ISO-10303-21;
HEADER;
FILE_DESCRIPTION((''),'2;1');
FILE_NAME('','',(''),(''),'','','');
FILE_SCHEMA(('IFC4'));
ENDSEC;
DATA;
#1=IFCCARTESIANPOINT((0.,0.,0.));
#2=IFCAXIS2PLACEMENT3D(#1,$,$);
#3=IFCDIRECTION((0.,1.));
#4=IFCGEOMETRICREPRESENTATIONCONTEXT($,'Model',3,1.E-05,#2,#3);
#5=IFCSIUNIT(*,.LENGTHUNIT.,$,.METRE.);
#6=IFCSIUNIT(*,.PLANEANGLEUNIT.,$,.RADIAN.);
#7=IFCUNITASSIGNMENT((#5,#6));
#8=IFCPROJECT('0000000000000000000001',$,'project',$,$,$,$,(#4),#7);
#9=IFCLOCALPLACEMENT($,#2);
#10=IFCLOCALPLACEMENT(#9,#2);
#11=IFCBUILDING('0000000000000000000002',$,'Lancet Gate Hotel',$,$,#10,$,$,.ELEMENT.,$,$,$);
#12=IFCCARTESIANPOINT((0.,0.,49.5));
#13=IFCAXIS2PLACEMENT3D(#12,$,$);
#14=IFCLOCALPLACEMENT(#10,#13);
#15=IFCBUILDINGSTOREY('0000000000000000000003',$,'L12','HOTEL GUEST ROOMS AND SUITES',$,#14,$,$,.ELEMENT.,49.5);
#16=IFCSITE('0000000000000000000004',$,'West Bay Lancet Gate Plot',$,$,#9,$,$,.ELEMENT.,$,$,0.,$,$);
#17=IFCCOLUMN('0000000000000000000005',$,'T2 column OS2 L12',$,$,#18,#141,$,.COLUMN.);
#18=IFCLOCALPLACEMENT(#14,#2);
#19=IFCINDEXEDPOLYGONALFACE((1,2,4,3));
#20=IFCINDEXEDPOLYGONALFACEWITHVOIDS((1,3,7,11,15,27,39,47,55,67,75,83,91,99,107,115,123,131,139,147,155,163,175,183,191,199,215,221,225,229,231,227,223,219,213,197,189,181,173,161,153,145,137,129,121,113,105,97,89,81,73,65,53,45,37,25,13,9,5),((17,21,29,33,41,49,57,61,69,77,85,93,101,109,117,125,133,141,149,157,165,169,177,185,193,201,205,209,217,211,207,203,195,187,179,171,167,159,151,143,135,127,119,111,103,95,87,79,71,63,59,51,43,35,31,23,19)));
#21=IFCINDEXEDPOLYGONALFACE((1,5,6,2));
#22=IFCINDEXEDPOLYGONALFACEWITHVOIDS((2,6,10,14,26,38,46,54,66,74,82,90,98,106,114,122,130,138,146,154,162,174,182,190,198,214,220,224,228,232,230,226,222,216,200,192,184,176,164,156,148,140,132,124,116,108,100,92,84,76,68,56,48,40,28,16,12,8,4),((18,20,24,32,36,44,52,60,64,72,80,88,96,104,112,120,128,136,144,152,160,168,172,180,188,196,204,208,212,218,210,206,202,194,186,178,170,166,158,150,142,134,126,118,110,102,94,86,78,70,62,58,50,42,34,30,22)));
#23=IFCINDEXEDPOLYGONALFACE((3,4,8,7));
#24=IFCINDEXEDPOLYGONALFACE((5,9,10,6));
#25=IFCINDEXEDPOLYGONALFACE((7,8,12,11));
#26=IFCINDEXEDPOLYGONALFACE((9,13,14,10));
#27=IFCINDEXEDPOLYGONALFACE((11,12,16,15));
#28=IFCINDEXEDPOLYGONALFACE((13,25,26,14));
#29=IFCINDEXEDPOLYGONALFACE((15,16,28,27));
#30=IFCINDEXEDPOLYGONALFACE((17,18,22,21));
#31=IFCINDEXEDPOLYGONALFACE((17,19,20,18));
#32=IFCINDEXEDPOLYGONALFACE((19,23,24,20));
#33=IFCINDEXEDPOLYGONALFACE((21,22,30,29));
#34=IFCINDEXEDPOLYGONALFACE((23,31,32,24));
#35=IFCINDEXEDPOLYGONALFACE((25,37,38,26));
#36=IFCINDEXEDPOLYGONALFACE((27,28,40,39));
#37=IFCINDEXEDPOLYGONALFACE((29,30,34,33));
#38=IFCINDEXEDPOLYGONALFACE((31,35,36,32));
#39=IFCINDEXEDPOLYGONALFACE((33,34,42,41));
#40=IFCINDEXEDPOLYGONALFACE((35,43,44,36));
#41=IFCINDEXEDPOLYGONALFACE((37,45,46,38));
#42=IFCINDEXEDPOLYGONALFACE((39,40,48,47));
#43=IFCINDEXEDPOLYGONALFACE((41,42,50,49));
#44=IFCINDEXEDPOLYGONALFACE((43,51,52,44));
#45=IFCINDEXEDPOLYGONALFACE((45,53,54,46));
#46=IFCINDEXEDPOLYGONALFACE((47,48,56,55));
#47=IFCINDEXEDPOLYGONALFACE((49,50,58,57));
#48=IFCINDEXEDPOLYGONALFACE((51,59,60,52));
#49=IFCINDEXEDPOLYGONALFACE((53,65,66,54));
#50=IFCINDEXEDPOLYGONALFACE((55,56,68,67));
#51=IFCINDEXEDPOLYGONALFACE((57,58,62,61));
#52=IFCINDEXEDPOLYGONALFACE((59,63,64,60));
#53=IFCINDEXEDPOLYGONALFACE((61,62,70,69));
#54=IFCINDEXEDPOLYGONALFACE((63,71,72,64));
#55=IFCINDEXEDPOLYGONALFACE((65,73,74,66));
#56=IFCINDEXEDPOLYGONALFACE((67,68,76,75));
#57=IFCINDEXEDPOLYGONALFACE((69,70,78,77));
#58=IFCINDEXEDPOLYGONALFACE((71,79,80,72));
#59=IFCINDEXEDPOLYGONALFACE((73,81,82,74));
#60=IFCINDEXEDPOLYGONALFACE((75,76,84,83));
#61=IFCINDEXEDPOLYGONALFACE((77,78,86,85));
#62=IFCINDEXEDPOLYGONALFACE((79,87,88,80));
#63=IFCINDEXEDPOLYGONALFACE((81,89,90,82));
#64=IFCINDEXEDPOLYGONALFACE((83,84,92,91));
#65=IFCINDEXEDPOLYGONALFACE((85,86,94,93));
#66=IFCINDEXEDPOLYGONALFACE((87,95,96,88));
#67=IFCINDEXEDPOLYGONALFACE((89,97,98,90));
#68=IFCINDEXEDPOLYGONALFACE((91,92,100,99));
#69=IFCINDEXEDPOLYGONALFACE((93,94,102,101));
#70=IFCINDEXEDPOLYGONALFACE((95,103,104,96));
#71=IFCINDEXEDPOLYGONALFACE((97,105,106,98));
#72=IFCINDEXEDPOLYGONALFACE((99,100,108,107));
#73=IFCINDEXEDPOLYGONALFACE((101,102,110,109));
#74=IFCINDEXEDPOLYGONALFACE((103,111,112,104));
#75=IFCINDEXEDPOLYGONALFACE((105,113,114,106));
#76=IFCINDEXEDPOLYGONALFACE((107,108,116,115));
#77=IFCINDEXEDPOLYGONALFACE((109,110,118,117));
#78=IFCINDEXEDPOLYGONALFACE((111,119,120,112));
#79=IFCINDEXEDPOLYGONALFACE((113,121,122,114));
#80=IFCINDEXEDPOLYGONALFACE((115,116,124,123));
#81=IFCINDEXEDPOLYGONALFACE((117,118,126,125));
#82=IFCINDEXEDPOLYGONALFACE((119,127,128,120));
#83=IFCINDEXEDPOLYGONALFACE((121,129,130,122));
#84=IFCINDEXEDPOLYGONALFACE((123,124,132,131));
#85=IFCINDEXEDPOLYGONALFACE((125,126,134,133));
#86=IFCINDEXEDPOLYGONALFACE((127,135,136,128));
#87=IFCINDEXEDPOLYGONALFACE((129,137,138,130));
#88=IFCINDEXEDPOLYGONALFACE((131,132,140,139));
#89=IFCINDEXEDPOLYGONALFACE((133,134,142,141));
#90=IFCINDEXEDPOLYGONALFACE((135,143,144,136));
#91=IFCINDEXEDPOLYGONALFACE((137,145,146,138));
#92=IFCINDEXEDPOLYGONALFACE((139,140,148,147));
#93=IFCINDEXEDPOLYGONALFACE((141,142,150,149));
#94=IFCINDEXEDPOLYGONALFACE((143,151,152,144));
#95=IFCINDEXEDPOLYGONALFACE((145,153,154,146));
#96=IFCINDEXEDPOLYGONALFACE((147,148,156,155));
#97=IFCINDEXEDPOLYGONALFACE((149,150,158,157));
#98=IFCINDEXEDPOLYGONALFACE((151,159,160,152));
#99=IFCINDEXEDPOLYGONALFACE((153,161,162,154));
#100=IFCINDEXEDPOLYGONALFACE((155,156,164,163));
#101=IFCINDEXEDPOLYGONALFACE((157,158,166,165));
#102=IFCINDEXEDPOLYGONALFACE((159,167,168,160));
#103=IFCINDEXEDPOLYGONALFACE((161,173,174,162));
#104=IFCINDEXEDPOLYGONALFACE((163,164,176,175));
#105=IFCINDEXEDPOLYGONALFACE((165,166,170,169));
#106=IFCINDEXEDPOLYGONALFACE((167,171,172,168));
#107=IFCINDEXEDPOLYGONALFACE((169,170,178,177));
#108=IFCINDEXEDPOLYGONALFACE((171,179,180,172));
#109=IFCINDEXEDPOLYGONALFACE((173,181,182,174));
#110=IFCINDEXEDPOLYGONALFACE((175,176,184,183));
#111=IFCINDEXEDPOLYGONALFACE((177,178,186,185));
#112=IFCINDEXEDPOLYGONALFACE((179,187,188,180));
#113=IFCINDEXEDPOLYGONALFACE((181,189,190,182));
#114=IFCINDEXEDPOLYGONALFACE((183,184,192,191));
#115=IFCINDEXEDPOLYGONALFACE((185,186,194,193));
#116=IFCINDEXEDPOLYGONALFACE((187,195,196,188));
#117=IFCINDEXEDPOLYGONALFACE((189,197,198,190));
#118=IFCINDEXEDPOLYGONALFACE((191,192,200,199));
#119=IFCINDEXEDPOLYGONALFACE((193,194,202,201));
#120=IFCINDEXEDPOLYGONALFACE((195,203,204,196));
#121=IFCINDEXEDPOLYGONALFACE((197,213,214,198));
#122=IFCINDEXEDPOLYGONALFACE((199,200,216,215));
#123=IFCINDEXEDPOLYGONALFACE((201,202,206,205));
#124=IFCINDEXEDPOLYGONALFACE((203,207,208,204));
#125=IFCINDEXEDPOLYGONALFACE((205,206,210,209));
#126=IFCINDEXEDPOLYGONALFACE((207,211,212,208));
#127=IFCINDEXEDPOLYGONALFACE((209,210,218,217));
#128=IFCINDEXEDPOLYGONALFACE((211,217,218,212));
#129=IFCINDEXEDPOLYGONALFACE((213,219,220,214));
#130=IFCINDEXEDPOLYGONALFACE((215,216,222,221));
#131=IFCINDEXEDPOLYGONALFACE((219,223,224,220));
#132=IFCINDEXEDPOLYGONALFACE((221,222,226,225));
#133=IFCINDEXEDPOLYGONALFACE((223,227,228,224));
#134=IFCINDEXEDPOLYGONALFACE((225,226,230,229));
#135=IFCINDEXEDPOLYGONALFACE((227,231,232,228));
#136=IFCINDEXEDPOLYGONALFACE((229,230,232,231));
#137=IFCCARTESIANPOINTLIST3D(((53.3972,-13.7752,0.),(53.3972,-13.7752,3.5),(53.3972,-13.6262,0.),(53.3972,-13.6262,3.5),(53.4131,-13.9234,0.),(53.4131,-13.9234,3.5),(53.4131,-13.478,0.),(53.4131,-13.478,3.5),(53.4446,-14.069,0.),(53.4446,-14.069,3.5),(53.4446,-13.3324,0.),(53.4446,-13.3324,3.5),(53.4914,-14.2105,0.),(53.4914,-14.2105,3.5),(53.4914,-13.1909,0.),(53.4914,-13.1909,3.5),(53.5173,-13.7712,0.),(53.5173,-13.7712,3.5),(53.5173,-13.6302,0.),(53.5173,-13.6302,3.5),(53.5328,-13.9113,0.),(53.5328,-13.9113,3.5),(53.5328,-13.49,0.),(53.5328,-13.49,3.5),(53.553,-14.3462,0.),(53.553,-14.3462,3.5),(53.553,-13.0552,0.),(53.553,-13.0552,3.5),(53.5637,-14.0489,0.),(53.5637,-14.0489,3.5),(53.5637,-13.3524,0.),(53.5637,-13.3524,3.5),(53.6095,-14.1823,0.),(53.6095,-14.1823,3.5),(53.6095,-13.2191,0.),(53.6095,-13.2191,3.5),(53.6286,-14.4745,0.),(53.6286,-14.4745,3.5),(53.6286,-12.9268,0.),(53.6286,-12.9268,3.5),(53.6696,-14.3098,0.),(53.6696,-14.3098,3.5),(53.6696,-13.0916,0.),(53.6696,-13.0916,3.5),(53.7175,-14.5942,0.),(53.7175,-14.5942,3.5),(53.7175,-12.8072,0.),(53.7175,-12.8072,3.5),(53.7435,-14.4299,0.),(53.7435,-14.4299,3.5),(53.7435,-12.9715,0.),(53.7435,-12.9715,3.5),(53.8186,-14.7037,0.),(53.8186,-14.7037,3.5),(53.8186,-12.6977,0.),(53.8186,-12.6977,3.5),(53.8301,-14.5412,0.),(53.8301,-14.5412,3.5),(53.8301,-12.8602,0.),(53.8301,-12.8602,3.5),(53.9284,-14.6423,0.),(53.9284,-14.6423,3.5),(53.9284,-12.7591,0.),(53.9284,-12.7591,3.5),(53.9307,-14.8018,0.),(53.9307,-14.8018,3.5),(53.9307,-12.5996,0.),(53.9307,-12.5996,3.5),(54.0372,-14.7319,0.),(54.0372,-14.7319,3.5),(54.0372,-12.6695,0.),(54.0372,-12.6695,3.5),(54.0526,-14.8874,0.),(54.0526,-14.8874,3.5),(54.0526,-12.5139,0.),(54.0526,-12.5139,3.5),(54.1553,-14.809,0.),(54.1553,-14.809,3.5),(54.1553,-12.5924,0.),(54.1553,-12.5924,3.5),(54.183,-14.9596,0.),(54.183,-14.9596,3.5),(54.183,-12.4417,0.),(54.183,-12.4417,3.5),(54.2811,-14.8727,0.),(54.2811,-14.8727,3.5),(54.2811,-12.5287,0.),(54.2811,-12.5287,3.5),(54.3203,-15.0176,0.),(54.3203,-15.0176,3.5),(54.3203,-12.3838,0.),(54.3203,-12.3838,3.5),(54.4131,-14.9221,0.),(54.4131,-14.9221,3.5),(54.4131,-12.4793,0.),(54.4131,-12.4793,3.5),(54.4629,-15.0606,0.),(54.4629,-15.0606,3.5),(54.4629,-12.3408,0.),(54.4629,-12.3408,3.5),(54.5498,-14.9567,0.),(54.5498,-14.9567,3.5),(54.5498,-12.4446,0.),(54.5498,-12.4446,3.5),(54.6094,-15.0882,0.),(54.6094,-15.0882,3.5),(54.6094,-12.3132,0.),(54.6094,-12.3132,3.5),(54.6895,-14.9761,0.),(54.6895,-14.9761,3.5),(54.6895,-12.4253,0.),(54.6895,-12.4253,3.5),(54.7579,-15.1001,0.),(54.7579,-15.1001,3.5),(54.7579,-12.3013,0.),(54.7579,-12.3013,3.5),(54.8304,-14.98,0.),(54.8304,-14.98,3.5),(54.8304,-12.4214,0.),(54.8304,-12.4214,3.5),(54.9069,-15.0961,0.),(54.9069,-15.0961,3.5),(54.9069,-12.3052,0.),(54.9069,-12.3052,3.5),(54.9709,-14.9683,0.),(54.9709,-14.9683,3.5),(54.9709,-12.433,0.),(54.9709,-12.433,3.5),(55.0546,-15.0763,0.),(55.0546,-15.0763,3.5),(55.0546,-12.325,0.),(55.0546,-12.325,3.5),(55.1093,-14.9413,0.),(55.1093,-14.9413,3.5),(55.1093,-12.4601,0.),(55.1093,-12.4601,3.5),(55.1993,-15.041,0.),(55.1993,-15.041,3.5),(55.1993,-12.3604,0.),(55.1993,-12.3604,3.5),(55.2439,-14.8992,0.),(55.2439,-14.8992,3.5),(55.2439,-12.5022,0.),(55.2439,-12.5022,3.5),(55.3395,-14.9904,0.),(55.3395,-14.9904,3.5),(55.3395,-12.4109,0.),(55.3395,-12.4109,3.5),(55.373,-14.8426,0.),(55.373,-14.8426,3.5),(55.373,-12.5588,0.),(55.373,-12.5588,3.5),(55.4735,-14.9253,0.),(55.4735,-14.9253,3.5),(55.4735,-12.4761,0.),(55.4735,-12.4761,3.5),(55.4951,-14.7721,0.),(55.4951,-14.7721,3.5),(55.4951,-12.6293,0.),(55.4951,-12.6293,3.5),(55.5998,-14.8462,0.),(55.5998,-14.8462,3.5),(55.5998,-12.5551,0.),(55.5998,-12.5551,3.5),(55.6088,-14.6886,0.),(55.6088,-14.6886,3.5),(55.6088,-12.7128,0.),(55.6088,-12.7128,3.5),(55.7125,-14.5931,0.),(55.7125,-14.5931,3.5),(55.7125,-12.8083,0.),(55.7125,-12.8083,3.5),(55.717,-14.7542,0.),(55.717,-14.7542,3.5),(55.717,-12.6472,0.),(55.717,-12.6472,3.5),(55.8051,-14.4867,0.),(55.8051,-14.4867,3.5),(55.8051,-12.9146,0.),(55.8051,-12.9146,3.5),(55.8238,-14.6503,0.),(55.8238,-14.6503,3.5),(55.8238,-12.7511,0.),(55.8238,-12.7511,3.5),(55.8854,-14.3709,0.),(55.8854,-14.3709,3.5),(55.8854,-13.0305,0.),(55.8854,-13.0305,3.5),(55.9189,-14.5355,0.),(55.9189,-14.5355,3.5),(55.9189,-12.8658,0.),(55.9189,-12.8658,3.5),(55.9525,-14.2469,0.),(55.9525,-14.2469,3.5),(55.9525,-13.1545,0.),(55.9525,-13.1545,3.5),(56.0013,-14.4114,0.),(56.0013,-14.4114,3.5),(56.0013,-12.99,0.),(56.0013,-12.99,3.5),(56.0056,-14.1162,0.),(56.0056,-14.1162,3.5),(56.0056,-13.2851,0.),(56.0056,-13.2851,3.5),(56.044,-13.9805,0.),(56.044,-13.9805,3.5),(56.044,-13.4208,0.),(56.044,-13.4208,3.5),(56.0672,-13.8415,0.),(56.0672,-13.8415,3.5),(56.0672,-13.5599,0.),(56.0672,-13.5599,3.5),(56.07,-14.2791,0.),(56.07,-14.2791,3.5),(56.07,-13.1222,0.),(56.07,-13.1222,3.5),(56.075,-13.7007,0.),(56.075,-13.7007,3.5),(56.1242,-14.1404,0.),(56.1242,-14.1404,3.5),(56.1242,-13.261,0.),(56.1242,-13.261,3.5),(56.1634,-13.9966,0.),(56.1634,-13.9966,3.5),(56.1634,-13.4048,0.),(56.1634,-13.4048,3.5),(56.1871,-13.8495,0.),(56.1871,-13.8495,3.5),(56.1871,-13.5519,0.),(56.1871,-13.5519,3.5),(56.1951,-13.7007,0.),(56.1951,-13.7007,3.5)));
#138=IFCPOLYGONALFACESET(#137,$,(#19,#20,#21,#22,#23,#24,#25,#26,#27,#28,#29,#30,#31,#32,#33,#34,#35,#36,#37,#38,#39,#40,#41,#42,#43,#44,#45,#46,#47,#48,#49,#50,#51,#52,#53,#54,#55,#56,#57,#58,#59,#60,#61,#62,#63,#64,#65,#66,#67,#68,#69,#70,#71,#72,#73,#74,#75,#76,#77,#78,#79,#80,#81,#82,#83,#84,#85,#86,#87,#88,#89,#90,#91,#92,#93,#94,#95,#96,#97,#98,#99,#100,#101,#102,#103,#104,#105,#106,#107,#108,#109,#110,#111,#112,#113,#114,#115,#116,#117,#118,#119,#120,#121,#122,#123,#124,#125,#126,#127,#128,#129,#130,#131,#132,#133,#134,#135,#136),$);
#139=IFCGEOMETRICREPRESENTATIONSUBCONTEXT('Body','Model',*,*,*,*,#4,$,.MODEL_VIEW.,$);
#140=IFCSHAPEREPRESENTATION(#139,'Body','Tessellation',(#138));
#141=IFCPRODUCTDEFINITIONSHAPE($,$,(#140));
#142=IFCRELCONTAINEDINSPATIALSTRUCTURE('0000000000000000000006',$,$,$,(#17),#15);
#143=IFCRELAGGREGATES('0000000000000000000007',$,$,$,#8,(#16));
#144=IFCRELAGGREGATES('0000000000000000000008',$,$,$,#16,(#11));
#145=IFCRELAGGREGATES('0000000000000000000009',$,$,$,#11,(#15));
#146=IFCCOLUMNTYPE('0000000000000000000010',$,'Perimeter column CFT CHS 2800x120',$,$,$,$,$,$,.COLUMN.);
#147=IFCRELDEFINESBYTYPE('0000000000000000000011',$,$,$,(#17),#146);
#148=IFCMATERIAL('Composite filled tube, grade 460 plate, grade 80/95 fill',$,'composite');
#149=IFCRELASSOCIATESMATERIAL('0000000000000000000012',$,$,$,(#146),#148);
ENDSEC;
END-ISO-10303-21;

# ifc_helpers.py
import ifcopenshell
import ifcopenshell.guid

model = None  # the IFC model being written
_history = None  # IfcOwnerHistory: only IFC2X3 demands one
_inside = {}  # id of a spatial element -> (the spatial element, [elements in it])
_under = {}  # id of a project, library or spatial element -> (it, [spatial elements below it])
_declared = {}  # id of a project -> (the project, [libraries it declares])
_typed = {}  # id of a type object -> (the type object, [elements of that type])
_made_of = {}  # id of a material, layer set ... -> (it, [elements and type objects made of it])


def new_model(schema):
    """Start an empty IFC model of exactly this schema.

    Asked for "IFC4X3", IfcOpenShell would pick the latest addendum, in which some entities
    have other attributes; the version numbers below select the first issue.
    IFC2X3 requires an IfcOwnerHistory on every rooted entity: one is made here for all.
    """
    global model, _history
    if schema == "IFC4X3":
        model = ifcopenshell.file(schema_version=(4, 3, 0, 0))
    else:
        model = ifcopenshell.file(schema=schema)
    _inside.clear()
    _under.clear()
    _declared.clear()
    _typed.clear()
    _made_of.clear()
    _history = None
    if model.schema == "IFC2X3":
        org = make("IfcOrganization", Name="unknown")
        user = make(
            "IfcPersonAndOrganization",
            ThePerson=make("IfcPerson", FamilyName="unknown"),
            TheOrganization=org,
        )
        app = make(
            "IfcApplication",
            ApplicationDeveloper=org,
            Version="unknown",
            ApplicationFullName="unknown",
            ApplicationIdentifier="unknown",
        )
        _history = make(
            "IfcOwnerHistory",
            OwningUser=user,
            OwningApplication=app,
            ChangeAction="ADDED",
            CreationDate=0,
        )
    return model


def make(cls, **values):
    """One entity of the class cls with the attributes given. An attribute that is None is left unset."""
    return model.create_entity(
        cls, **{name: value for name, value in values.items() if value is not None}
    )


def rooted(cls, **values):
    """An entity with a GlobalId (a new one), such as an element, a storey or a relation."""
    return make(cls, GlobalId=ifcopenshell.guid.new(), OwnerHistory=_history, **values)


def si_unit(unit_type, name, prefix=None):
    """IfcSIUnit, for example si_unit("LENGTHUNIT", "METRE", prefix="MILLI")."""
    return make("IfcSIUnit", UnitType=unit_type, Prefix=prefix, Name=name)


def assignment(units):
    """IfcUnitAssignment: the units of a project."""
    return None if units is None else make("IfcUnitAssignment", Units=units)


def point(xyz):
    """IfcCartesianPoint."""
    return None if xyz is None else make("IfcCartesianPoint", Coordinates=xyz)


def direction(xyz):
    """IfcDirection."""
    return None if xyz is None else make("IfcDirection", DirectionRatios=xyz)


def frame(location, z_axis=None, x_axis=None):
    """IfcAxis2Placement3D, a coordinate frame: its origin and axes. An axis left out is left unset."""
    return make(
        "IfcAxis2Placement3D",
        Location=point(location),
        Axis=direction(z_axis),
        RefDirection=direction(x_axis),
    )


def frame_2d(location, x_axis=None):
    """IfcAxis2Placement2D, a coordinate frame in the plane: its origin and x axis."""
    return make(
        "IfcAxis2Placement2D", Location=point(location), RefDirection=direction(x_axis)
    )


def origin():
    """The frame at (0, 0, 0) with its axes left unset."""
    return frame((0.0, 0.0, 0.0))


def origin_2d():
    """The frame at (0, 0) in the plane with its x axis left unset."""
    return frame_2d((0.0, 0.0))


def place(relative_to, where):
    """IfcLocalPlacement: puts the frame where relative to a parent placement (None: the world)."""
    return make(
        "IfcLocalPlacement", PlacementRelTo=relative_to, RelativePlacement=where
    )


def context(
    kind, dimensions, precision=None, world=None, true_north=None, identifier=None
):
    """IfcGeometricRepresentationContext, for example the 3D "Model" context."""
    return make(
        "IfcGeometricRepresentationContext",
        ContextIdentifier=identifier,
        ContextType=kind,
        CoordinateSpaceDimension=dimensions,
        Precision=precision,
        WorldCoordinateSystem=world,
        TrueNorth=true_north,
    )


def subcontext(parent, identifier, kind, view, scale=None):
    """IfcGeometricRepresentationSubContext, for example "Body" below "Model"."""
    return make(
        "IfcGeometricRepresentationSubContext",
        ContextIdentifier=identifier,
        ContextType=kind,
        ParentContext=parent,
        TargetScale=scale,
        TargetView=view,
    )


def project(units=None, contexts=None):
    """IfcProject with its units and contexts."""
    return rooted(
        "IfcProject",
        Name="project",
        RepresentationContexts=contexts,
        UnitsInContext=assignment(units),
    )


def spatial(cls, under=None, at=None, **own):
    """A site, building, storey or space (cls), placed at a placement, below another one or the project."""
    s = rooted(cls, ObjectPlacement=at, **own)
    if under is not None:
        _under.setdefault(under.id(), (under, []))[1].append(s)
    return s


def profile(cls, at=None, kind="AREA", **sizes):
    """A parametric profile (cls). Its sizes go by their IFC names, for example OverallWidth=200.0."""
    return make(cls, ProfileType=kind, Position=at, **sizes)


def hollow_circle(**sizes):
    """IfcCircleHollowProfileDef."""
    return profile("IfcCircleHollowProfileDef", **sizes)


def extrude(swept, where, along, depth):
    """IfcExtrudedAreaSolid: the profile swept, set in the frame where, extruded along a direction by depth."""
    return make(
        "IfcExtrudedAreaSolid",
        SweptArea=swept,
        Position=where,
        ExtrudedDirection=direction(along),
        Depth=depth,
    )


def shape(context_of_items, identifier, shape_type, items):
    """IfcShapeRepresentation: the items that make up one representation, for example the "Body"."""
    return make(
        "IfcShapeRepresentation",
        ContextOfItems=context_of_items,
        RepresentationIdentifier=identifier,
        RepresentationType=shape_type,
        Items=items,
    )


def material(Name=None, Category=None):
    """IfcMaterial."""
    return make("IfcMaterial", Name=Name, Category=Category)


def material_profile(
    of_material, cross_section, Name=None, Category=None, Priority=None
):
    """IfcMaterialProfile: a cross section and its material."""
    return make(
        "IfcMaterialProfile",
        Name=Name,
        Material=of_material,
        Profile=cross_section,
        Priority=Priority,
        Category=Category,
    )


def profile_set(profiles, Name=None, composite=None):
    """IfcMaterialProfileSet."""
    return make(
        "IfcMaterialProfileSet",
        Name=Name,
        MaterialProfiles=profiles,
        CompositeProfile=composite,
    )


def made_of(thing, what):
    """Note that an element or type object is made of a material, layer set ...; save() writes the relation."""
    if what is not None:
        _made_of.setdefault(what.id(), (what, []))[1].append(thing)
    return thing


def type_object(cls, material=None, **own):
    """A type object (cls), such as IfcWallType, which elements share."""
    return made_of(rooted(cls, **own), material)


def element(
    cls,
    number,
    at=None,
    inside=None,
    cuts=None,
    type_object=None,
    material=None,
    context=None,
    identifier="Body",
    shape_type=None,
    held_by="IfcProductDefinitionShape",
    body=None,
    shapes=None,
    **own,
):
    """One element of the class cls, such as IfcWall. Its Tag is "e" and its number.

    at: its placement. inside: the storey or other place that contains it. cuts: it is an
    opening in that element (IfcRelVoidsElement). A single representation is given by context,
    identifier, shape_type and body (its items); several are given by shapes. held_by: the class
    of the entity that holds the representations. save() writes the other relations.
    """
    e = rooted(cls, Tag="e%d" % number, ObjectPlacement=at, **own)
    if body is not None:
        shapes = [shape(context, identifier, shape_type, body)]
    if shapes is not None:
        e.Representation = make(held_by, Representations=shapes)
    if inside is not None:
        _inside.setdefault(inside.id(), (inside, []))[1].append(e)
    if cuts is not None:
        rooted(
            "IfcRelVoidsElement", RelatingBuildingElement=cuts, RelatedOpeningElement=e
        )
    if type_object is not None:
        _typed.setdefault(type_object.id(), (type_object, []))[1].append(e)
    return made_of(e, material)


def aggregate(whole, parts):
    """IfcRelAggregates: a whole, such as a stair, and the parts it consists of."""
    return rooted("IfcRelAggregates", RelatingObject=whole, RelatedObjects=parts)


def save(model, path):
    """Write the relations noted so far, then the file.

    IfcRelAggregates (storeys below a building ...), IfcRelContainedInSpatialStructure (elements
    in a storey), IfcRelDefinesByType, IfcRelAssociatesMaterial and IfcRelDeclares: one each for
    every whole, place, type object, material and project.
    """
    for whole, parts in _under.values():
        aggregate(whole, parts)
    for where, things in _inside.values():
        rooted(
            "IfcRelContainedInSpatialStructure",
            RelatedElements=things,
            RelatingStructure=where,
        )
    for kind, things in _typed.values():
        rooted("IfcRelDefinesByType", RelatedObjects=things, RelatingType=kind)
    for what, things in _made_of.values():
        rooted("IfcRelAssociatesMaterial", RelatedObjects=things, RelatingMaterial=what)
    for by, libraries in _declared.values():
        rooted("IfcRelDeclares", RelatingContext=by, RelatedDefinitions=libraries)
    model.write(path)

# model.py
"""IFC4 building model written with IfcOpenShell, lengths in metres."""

from ifc_helpers import new_model, si_unit, direction, frame, origin, origin_2d, place, context, subcontext, project, spatial, hollow_circle, extrude, material, material_profile, profile_set, type_object, element, save


model = new_model("IFC4")

# Units and contexts
model_context = context("Model", 3, precision=1e-05, world=origin(), true_north=direction((0.0, 1.0)))
body_context = subcontext(model_context, "Body", "Model", "MODEL_VIEW")
ifc_project = project(units=[si_unit("LENGTHUNIT", "METRE"), si_unit("PLANEANGLEUNIT", "RADIAN")], contexts=[model_context])

# Site, building, storey
site_placement = place(None, origin())
site = spatial("IfcSite", under=ifc_project, at=site_placement, Name="West Bay Lancet Gate Plot", CompositionType="ELEMENT", RefElevation=0.0)
building_placement = place(site_placement, origin())
building = spatial("IfcBuilding", under=site, at=building_placement, Name="Lancet Gate Hotel", CompositionType="ELEMENT")
storey_placement = place(building_placement, frame((0.0, 0.0, 49.5)))
storey = spatial("IfcBuildingStorey", under=building, at=storey_placement, Name="L12", Description="HOTEL GUEST ROOMS AND SUITES", CompositionType="ELEMENT", Elevation=49.5)

# Column
ifc_material_1 = material(Name="Composite filled tube, grade 460 plate, grade 80/95 fill", Category="composite")
ifc_material_profile_1 = material_profile(ifc_material_1, hollow_circle(Radius=1.3999, WallThickness=0.1201, at=origin_2d()), Name="CHS 2800x120")
ifc_profile_set_1 = profile_set([ifc_material_profile_1], Name="Composite filled tube, grade 460 plate, grade 80/95 fill")
column_type_1 = type_object("IfcColumnType", Name="Perimeter column CFT CHS 2800x120", PredefinedType="COLUMN", material=ifc_profile_set_1)
for number, where, z_axis, x_axis, name in (
    (1, (54.7952, -13.7007, 0.0), (0.0, 0.0, 1.0), (1.0, 0.0, 0.0), "T2 column OS2 L12"),
):
    element("IfcColumn", number, at=place(storey_placement, frame(where, z_axis=z_axis, x_axis=x_axis)), inside=storey, type_object=column_type_1, Name=name, PredefinedType="COLUMN", context=body_context, shape_type="SweptSolid", body=[
        extrude(hollow_circle(Radius=1.3999, WallThickness=0.1201, at=origin_2d()), origin(), (0.0, 0.0, 1.0), 3.5),
    ])

save(model, "model.ifc")
